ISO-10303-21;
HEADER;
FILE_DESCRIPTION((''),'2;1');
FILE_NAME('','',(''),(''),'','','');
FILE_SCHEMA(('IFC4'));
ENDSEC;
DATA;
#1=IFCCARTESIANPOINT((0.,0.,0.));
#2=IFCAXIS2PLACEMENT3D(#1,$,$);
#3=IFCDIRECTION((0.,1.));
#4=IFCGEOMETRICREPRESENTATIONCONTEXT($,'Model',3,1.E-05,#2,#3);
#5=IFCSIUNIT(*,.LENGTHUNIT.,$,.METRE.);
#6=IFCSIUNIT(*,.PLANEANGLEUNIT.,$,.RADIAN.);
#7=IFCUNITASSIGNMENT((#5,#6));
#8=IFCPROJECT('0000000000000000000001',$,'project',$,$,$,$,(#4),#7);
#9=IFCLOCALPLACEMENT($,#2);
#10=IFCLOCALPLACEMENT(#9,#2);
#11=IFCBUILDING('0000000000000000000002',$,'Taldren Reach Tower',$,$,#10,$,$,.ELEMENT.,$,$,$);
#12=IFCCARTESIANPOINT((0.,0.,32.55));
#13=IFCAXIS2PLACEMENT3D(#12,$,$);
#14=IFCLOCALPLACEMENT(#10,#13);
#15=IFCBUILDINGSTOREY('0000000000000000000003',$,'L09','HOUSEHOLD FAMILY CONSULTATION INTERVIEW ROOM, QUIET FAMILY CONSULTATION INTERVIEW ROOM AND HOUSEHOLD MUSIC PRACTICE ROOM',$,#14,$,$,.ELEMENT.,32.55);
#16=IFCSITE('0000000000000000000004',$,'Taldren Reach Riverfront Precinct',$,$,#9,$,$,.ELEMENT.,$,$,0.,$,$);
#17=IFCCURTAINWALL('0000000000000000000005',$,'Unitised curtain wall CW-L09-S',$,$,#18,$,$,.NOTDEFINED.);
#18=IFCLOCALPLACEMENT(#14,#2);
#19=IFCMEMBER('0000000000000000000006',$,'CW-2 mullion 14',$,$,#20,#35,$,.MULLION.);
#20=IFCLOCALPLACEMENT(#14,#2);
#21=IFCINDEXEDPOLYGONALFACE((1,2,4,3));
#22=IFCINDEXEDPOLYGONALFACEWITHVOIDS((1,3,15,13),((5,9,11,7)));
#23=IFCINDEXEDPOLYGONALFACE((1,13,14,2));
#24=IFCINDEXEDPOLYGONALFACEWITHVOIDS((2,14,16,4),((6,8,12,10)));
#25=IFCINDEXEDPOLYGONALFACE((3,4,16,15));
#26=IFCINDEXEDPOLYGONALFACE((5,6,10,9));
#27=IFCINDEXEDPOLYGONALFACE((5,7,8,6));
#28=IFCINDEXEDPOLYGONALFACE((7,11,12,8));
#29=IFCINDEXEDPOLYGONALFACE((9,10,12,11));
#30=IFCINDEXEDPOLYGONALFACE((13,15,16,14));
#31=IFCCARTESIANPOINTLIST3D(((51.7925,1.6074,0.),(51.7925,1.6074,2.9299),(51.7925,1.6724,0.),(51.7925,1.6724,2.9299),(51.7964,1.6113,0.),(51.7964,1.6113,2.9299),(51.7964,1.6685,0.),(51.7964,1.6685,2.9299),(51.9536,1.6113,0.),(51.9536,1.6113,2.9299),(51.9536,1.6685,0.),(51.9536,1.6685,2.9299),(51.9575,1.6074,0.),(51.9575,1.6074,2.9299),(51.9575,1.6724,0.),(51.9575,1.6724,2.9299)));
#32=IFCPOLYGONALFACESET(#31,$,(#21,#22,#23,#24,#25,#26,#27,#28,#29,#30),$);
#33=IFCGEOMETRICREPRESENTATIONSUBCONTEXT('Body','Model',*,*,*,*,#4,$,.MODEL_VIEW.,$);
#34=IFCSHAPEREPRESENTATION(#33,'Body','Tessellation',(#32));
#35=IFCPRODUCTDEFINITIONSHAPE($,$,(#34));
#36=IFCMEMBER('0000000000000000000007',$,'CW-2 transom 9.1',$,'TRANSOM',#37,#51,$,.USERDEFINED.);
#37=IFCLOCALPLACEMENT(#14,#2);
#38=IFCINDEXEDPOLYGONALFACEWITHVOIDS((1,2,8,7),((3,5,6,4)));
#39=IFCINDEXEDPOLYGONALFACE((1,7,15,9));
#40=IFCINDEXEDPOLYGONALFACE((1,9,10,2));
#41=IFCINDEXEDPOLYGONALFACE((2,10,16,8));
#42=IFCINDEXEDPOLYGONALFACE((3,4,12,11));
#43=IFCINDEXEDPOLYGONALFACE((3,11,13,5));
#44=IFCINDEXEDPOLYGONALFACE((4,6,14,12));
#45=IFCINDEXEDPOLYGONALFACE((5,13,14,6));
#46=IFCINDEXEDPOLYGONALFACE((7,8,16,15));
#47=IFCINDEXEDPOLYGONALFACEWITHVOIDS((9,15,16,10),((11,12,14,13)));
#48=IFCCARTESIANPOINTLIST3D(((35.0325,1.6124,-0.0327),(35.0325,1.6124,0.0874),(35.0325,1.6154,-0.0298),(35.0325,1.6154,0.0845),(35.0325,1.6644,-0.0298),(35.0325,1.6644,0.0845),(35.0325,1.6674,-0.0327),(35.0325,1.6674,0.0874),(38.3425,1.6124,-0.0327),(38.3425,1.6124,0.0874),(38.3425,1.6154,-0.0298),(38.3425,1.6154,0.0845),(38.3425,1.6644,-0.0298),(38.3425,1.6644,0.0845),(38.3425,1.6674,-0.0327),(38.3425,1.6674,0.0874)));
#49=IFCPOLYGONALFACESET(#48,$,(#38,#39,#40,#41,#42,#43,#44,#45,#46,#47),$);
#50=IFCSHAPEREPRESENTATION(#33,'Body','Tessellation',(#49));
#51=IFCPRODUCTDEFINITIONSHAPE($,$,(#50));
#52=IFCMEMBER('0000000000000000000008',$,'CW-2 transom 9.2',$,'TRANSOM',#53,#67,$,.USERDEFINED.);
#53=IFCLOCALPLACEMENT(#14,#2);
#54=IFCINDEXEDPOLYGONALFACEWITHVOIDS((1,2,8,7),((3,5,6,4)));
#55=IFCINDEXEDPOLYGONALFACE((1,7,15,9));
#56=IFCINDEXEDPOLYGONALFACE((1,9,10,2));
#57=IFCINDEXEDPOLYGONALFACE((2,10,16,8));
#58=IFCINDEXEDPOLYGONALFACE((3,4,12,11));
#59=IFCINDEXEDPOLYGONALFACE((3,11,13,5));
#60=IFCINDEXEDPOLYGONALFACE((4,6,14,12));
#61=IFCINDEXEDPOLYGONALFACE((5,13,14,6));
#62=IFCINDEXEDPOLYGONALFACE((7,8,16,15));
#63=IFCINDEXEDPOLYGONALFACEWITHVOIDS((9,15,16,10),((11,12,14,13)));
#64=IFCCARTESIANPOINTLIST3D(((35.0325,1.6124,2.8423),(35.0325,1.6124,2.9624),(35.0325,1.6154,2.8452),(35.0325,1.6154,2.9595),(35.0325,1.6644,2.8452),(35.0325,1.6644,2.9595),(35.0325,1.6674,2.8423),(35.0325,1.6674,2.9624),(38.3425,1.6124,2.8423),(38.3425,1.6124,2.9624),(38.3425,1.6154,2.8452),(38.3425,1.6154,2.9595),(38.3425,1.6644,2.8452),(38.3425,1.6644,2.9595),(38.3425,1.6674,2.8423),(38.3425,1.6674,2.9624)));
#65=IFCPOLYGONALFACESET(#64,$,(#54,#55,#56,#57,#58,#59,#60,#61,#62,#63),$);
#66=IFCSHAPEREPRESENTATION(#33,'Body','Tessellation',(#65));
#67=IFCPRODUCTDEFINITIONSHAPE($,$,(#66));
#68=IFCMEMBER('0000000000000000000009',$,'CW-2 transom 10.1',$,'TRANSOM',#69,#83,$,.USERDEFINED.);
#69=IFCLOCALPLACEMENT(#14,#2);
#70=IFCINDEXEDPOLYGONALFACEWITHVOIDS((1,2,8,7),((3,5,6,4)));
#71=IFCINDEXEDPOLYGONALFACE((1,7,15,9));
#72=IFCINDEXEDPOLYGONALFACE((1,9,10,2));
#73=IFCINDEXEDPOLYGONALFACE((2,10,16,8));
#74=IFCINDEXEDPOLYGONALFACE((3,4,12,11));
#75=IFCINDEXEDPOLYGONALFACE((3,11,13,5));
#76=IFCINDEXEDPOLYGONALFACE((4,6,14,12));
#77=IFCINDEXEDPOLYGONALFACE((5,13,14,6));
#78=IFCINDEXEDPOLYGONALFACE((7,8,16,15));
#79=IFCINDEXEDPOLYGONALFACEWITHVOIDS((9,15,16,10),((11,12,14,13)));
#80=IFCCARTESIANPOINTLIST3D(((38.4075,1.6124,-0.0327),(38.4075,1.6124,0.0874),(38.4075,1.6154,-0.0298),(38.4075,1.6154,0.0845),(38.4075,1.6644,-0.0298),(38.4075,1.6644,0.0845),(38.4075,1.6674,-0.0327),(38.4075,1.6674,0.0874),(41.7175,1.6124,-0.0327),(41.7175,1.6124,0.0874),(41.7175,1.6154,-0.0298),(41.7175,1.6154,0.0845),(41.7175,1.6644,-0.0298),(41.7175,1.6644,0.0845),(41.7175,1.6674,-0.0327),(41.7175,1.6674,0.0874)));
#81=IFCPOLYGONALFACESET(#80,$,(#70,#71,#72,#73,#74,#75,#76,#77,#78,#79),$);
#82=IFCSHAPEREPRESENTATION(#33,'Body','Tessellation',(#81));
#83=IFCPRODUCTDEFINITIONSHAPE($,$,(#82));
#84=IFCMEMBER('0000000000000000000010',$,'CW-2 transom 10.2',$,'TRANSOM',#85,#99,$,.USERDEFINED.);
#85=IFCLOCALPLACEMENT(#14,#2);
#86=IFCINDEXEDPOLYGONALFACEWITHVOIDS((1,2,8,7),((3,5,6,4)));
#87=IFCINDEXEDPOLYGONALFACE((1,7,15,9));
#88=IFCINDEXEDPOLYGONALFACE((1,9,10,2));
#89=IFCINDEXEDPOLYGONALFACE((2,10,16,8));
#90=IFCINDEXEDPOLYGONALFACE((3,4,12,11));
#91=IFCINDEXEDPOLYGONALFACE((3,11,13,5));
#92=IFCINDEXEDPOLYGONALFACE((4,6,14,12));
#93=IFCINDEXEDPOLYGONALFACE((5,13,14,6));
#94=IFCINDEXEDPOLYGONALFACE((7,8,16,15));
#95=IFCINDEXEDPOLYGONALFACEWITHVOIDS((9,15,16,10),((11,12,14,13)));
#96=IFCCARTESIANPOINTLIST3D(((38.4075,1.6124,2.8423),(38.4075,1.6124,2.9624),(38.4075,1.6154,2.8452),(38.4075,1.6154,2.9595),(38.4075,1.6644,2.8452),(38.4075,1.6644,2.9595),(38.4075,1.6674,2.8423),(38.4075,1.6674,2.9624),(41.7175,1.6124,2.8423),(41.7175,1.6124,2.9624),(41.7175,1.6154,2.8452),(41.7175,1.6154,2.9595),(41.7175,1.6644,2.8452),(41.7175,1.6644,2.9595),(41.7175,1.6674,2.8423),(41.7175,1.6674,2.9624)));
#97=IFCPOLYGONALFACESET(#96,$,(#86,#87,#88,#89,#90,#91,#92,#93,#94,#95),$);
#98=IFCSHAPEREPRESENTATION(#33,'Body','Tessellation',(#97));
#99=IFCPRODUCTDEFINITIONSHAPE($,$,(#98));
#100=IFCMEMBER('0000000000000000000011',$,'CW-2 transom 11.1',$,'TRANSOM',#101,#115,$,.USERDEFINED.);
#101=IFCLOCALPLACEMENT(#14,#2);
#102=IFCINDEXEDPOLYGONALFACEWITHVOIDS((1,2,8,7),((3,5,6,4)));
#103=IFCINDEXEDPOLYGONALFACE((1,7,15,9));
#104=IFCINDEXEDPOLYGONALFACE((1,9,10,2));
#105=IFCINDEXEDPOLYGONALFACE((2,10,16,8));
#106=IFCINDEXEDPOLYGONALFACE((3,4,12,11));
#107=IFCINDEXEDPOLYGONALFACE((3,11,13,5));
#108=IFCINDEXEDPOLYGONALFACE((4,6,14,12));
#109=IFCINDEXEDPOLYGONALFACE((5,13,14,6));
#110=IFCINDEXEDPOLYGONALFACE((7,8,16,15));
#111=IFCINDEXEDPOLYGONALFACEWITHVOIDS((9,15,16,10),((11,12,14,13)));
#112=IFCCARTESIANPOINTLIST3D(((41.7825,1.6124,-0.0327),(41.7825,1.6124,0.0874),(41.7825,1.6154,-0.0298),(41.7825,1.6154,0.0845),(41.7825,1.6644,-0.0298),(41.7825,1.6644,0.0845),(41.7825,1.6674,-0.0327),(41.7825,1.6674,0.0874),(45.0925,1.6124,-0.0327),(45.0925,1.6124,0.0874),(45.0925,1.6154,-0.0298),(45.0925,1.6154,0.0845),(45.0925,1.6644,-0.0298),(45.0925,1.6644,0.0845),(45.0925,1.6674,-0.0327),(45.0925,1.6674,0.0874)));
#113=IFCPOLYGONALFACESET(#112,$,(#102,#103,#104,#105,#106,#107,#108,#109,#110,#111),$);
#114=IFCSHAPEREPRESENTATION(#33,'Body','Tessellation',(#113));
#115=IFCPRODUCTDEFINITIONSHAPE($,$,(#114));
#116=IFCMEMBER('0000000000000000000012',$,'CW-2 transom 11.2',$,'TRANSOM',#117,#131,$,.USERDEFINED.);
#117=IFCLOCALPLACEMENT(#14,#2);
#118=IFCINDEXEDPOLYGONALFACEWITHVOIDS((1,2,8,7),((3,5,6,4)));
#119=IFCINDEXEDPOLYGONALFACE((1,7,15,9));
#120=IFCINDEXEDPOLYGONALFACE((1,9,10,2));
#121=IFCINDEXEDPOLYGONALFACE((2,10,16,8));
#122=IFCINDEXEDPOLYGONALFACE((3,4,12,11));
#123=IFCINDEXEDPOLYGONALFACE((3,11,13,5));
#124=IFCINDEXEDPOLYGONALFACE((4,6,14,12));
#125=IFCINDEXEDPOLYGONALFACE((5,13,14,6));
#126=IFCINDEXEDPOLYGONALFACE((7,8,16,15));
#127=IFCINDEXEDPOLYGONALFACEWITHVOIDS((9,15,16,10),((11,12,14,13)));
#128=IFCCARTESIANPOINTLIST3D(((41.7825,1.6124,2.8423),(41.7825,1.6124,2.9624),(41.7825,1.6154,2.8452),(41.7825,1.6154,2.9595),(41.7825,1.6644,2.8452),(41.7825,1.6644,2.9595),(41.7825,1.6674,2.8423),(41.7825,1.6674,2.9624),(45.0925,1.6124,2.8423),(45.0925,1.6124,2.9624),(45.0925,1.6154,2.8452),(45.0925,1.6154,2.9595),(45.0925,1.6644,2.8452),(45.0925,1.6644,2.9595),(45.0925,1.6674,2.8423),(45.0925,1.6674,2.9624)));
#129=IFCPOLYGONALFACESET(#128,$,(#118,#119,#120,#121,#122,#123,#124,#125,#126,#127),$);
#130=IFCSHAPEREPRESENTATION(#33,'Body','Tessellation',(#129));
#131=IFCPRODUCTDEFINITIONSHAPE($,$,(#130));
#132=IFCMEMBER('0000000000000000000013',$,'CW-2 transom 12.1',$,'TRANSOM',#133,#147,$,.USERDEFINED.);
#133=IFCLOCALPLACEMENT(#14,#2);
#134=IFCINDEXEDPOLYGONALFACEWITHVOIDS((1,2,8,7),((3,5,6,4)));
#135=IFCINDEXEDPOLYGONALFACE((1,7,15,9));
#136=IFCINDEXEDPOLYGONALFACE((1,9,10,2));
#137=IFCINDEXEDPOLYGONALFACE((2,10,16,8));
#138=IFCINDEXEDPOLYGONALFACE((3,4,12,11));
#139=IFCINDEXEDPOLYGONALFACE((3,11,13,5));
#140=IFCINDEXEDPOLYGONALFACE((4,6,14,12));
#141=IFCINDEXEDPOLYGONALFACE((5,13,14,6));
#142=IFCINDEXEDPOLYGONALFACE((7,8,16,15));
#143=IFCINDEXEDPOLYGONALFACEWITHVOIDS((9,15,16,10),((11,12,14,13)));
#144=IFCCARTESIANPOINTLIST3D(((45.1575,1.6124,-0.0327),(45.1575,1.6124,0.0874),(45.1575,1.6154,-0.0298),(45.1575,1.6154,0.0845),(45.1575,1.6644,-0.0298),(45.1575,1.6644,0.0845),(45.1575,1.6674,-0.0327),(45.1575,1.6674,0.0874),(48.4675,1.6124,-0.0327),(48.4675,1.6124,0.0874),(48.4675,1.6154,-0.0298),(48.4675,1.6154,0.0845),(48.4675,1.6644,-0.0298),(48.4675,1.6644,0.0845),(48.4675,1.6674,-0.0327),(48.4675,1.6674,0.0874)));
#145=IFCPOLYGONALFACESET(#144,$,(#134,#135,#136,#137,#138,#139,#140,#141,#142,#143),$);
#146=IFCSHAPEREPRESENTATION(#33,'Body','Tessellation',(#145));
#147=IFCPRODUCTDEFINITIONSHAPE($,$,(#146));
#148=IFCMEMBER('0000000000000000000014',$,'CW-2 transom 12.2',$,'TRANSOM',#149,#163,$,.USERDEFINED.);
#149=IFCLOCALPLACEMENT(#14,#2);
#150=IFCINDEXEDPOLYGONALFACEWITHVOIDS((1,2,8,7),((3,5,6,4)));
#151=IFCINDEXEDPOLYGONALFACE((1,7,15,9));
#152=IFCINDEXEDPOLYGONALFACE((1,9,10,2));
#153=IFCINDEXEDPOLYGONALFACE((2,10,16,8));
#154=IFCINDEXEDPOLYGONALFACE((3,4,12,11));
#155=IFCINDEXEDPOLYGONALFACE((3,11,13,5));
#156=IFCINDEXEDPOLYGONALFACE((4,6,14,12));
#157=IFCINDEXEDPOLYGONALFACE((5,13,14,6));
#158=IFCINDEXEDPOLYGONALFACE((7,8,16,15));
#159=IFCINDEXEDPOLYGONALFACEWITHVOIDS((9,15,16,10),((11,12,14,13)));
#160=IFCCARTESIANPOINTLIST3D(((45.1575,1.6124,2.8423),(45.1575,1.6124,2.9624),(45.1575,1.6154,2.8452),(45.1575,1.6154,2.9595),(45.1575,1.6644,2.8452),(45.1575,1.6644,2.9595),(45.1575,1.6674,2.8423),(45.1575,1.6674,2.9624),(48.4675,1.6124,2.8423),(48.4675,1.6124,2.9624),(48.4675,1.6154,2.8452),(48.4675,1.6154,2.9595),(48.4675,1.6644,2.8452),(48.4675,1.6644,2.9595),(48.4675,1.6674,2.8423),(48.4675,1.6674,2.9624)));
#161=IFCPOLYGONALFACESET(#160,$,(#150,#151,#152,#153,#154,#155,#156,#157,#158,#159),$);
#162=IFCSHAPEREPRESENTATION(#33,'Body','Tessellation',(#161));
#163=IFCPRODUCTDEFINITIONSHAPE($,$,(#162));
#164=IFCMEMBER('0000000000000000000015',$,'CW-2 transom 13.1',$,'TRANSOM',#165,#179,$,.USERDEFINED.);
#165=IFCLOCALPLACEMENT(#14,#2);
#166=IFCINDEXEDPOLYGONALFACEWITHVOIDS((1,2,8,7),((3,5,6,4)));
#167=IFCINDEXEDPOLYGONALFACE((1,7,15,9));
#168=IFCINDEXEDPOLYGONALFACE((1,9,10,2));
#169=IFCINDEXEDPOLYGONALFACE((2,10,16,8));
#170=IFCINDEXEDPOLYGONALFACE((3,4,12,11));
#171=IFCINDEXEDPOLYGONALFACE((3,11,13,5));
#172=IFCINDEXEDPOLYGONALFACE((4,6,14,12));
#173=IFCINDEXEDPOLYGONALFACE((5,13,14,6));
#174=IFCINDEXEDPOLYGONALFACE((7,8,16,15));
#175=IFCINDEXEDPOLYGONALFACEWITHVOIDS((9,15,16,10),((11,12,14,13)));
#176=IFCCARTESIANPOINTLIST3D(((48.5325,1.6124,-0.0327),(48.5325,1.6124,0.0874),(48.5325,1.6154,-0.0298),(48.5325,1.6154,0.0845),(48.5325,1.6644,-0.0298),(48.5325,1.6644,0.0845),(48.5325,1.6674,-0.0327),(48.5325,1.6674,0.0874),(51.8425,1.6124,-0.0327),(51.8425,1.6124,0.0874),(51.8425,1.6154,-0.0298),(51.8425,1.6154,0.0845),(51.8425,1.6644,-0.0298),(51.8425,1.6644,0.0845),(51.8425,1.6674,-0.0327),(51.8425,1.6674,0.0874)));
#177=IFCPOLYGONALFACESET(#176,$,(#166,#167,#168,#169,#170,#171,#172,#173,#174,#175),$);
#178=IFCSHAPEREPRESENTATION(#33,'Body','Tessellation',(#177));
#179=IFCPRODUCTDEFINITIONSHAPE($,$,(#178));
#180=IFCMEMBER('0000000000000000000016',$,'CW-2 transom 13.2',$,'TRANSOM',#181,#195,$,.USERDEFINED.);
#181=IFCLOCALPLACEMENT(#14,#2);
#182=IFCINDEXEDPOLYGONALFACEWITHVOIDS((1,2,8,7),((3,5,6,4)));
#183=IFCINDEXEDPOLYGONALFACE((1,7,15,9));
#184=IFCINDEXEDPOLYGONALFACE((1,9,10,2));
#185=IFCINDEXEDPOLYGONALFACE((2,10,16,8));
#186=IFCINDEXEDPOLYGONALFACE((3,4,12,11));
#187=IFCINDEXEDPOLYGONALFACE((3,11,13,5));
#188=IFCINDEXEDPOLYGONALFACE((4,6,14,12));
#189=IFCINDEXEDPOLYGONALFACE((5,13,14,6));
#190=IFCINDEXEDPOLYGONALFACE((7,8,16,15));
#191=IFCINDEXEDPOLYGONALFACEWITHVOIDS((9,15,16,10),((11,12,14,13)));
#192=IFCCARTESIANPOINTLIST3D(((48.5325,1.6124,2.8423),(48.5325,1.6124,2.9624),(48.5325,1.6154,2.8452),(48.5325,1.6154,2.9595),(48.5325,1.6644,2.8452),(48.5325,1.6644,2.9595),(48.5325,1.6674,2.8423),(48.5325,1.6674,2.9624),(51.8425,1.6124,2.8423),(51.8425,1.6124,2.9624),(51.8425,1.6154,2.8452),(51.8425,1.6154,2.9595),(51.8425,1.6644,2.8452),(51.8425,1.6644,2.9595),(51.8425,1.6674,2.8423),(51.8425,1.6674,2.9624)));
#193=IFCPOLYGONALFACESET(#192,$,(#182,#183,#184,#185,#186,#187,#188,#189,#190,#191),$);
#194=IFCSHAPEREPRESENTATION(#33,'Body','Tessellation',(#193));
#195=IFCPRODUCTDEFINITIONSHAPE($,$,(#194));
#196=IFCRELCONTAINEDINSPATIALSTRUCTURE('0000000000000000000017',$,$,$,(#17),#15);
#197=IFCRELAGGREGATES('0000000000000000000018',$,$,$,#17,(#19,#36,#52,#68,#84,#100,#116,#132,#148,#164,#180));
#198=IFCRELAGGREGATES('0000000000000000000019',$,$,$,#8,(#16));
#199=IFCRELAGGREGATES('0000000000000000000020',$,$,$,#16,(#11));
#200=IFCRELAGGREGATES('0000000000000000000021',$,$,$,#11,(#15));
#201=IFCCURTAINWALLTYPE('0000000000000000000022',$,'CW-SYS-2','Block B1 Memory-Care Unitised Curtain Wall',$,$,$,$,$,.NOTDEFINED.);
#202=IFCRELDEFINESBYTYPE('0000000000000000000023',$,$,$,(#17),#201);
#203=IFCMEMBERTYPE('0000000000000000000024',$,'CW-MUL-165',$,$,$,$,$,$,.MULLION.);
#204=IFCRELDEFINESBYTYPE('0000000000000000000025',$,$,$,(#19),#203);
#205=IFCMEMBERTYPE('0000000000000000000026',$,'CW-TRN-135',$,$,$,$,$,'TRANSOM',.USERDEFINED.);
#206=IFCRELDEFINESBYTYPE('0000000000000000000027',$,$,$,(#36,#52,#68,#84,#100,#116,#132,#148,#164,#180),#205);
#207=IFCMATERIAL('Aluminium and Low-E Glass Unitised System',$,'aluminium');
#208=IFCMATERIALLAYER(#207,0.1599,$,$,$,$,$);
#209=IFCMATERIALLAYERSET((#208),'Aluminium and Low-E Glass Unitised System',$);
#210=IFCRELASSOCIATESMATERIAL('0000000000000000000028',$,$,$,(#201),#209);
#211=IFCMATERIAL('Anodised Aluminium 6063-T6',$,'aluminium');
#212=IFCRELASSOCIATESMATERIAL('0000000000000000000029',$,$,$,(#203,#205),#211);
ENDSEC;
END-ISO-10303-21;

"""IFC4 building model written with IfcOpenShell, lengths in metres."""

from ifc_helpers import new_model, si_unit, direction, frame, origin, origin_2d, place, context, subcontext, project, spatial, hollow_rectangle, extrude, source, transform, mapped, material, layer, layer_set, material_profile, profile_set, type_object, element, aggregate, save


model = new_model("IFC4")

# Units and contexts
model_context = context("Model", 3, precision=1e-05, world=origin(), true_north=direction((0.0, 1.0)))
body_context = subcontext(model_context, "Body", "Model", "MODEL_VIEW")
ifc_project = project(units=[si_unit("LENGTHUNIT", "METRE"), si_unit("PLANEANGLEUNIT", "RADIAN")], contexts=[model_context])

# Site, building, storey
site_placement = place(None, origin())
site = spatial("IfcSite", under=ifc_project, at=site_placement, Name="Taldren Reach Riverfront Precinct", CompositionType="ELEMENT", RefElevation=0.0)
building_placement = place(site_placement, origin())
building = spatial("IfcBuilding", under=site, at=building_placement, Name="Taldren Reach Tower", CompositionType="ELEMENT")
storey_placement = place(building_placement, frame((0.0, 0.0, 32.55)))
storey = spatial("IfcBuildingStorey", under=building, at=storey_placement, Name="L09", Description="HOUSEHOLD FAMILY CONSULTATION INTERVIEW ROOM, QUIET FAMILY CONSULTATION INTERVIEW ROOM AND HOUSEHOLD MUSIC PRACTICE ROOM", CompositionType="ELEMENT", Elevation=32.55)

# Curtain wall, members
ifc_material_1 = material(Name="Aluminium and Low-E Glass Unitised System", Category="aluminium")
ifc_layer_1 = layer(ifc_material_1, 0.1599)
ifc_layer_set_1 = layer_set([ifc_layer_1], Name="Aluminium and Low-E Glass Unitised System")
curtain_wall_type = type_object("IfcCurtainWallType", Name="CW-SYS-2", Description="Block B1 Memory-Care Unitised Curtain Wall", PredefinedType="NOTDEFINED", material=ifc_layer_set_1)
curtain_wall_placement = place(storey_placement, origin())
curtain_wall = element("IfcCurtainWall", 1, at=curtain_wall_placement, inside=storey, type_object=curtain_wall_type, Name="Unitised curtain wall CW-L09-S", PredefinedType="NOTDEFINED")
ifc_material_2 = material(Name="Anodised Aluminium 6063-T6", Category="aluminium")
ifc_material_profile_1 = material_profile(ifc_material_2, hollow_rectangle(XDim=0.0649, YDim=0.165, WallThickness=0.0039, at=origin_2d()), Name="ALU-165x65x4RHS")
ifc_profile_set_1 = profile_set([ifc_material_profile_1], Name="Anodised Aluminium 6063-T6")
member_type_1 = type_object("IfcMemberType", Name="CW-MUL-165", PredefinedType="MULLION", material=ifc_profile_set_1)
shared_shape_1 = source(origin(), body_context, "Body", "SweptSolid", [
    extrude(hollow_rectangle(XDim=0.0649, YDim=0.165, WallThickness=0.0039, at=origin_2d()), origin(), (0.0, 0.0, 1.0), 2.9299),
])
member_1_placement = place(storey_placement, frame((51.875, 1.6399, 0.0), z_axis=(0.0, 0.0, 1.0), x_axis=(0.0, 1.0, 0.0)))
member_1 = element("IfcMember", 2, at=member_1_placement, type_object=member_type_1, Name="CW-2 mullion 14", PredefinedType="MULLION", context=body_context, shape_type="MappedRepresentation", body=[
    mapped(shared_shape_1, transform((0.0, 0.0, 0.0), scale=1.0)),
])
ifc_material_profile_2 = material_profile(ifc_material_2, hollow_rectangle(XDim=0.0549, YDim=0.1201, WallThickness=0.0029, at=origin_2d()), Name="ALU-120x55x3RHS")
ifc_profile_set_2 = profile_set([ifc_material_profile_2], Name="Anodised Aluminium 6063-T6")
member_type_2 = type_object("IfcMemberType", Name="CW-TRN-135", ElementType="TRANSOM", PredefinedType="USERDEFINED", material=ifc_profile_set_2)
shared_shape_2 = source(origin(), body_context, "Body", "SweptSolid", [
    extrude(hollow_rectangle(XDim=0.0549, YDim=0.1201, WallThickness=0.0029, at=origin_2d()), origin(), (0.0, 0.0, 1.0), 3.3101),
])
member_2_placement = place(storey_placement, frame((35.0325, 1.6399, 0.0273), z_axis=(1.0, 0.0, 0.0), x_axis=(0.0, 1.0, 0.0)))
member_2 = element("IfcMember", 3, at=member_2_placement, type_object=member_type_2, Name="CW-2 transom 9.1", ObjectType="TRANSOM", PredefinedType="USERDEFINED", context=body_context, shape_type="MappedRepresentation", body=[
    mapped(shared_shape_2, transform((0.0, 0.0, 0.0), scale=1.0)),
])
member_3_placement = place(storey_placement, frame((35.0325, 1.6399, 2.9023), z_axis=(1.0, 0.0, 0.0), x_axis=(0.0, 1.0, 0.0)))
member_3 = element("IfcMember", 4, at=member_3_placement, type_object=member_type_2, Name="CW-2 transom 9.2", ObjectType="TRANSOM", PredefinedType="USERDEFINED", context=body_context, shape_type="MappedRepresentation", body=[
    mapped(shared_shape_2, transform((0.0, 0.0, 0.0), scale=1.0)),
])
member_4_placement = place(storey_placement, frame((38.4075, 1.6399, 0.0273), z_axis=(1.0, 0.0, 0.0), x_axis=(0.0, 1.0, 0.0)))
member_4 = element("IfcMember", 5, at=member_4_placement, type_object=member_type_2, Name="CW-2 transom 10.1", ObjectType="TRANSOM", PredefinedType="USERDEFINED", context=body_context, shape_type="MappedRepresentation", body=[
    mapped(shared_shape_2, transform((0.0, 0.0, 0.0), scale=1.0)),
])
member_5_placement = place(storey_placement, frame((38.4075, 1.6399, 2.9023), z_axis=(1.0, 0.0, 0.0), x_axis=(0.0, 1.0, 0.0)))
member_5 = element("IfcMember", 6, at=member_5_placement, type_object=member_type_2, Name="CW-2 transom 10.2", ObjectType="TRANSOM", PredefinedType="USERDEFINED", context=body_context, shape_type="MappedRepresentation", body=[
    mapped(shared_shape_2, transform((0.0, 0.0, 0.0), scale=1.0)),
])
member_6_placement = place(storey_placement, frame((41.7825, 1.6399, 0.0273), z_axis=(1.0, 0.0, 0.0), x_axis=(0.0, 1.0, 0.0)))
member_6 = element("IfcMember", 7, at=member_6_placement, type_object=member_type_2, Name="CW-2 transom 11.1", ObjectType="TRANSOM", PredefinedType="USERDEFINED", context=body_context, shape_type="MappedRepresentation", body=[
    mapped(shared_shape_2, transform((0.0, 0.0, 0.0), scale=1.0)),
])
member_7_placement = place(storey_placement, frame((41.7825, 1.6399, 2.9023), z_axis=(1.0, 0.0, 0.0), x_axis=(0.0, 1.0, 0.0)))
member_7 = element("IfcMember", 8, at=member_7_placement, type_object=member_type_2, Name="CW-2 transom 11.2", ObjectType="TRANSOM", PredefinedType="USERDEFINED", context=body_context, shape_type="MappedRepresentation", body=[
    mapped(shared_shape_2, transform((0.0, 0.0, 0.0), scale=1.0)),
])
member_8_placement = place(storey_placement, frame((45.1575, 1.6399, 0.0273), z_axis=(1.0, 0.0, 0.0), x_axis=(0.0, 1.0, 0.0)))
member_8 = element("IfcMember", 9, at=member_8_placement, type_object=member_type_2, Name="CW-2 transom 12.1", ObjectType="TRANSOM", PredefinedType="USERDEFINED", context=body_context, shape_type="MappedRepresentation", body=[
    mapped(shared_shape_2, transform((0.0, 0.0, 0.0), scale=1.0)),
])
member_9_placement = place(storey_placement, frame((45.1575, 1.6399, 2.9023), z_axis=(1.0, 0.0, 0.0), x_axis=(0.0, 1.0, 0.0)))
member_9 = element("IfcMember", 10, at=member_9_placement, type_object=member_type_2, Name="CW-2 transom 12.2", ObjectType="TRANSOM", PredefinedType="USERDEFINED", context=body_context, shape_type="MappedRepresentation", body=[
    mapped(shared_shape_2, transform((0.0, 0.0, 0.0), scale=1.0)),
])
member_10_placement = place(storey_placement, frame((48.5325, 1.6399, 0.0273), z_axis=(1.0, 0.0, 0.0), x_axis=(0.0, 1.0, 0.0)))
member_10 = element("IfcMember", 11, at=member_10_placement, type_object=member_type_2, Name="CW-2 transom 13.1", ObjectType="TRANSOM", PredefinedType="USERDEFINED", context=body_context, shape_type="MappedRepresentation", body=[
    mapped(shared_shape_2, transform((0.0, 0.0, 0.0), scale=1.0)),
])
member_11_placement = place(storey_placement, frame((48.5325, 1.6399, 2.9023), z_axis=(1.0, 0.0, 0.0), x_axis=(0.0, 1.0, 0.0)))
member_11 = element("IfcMember", 12, at=member_11_placement, type_object=member_type_2, Name="CW-2 transom 13.2", ObjectType="TRANSOM", PredefinedType="USERDEFINED", context=body_context, shape_type="MappedRepresentation", body=[
    mapped(shared_shape_2, transform((0.0, 0.0, 0.0), scale=1.0)),
])

aggregate(curtain_wall, [member_1, member_2, member_3, member_4, member_5, member_6, member_7, member_8, member_9, member_10, member_11])

save(model, "model.ifc")
